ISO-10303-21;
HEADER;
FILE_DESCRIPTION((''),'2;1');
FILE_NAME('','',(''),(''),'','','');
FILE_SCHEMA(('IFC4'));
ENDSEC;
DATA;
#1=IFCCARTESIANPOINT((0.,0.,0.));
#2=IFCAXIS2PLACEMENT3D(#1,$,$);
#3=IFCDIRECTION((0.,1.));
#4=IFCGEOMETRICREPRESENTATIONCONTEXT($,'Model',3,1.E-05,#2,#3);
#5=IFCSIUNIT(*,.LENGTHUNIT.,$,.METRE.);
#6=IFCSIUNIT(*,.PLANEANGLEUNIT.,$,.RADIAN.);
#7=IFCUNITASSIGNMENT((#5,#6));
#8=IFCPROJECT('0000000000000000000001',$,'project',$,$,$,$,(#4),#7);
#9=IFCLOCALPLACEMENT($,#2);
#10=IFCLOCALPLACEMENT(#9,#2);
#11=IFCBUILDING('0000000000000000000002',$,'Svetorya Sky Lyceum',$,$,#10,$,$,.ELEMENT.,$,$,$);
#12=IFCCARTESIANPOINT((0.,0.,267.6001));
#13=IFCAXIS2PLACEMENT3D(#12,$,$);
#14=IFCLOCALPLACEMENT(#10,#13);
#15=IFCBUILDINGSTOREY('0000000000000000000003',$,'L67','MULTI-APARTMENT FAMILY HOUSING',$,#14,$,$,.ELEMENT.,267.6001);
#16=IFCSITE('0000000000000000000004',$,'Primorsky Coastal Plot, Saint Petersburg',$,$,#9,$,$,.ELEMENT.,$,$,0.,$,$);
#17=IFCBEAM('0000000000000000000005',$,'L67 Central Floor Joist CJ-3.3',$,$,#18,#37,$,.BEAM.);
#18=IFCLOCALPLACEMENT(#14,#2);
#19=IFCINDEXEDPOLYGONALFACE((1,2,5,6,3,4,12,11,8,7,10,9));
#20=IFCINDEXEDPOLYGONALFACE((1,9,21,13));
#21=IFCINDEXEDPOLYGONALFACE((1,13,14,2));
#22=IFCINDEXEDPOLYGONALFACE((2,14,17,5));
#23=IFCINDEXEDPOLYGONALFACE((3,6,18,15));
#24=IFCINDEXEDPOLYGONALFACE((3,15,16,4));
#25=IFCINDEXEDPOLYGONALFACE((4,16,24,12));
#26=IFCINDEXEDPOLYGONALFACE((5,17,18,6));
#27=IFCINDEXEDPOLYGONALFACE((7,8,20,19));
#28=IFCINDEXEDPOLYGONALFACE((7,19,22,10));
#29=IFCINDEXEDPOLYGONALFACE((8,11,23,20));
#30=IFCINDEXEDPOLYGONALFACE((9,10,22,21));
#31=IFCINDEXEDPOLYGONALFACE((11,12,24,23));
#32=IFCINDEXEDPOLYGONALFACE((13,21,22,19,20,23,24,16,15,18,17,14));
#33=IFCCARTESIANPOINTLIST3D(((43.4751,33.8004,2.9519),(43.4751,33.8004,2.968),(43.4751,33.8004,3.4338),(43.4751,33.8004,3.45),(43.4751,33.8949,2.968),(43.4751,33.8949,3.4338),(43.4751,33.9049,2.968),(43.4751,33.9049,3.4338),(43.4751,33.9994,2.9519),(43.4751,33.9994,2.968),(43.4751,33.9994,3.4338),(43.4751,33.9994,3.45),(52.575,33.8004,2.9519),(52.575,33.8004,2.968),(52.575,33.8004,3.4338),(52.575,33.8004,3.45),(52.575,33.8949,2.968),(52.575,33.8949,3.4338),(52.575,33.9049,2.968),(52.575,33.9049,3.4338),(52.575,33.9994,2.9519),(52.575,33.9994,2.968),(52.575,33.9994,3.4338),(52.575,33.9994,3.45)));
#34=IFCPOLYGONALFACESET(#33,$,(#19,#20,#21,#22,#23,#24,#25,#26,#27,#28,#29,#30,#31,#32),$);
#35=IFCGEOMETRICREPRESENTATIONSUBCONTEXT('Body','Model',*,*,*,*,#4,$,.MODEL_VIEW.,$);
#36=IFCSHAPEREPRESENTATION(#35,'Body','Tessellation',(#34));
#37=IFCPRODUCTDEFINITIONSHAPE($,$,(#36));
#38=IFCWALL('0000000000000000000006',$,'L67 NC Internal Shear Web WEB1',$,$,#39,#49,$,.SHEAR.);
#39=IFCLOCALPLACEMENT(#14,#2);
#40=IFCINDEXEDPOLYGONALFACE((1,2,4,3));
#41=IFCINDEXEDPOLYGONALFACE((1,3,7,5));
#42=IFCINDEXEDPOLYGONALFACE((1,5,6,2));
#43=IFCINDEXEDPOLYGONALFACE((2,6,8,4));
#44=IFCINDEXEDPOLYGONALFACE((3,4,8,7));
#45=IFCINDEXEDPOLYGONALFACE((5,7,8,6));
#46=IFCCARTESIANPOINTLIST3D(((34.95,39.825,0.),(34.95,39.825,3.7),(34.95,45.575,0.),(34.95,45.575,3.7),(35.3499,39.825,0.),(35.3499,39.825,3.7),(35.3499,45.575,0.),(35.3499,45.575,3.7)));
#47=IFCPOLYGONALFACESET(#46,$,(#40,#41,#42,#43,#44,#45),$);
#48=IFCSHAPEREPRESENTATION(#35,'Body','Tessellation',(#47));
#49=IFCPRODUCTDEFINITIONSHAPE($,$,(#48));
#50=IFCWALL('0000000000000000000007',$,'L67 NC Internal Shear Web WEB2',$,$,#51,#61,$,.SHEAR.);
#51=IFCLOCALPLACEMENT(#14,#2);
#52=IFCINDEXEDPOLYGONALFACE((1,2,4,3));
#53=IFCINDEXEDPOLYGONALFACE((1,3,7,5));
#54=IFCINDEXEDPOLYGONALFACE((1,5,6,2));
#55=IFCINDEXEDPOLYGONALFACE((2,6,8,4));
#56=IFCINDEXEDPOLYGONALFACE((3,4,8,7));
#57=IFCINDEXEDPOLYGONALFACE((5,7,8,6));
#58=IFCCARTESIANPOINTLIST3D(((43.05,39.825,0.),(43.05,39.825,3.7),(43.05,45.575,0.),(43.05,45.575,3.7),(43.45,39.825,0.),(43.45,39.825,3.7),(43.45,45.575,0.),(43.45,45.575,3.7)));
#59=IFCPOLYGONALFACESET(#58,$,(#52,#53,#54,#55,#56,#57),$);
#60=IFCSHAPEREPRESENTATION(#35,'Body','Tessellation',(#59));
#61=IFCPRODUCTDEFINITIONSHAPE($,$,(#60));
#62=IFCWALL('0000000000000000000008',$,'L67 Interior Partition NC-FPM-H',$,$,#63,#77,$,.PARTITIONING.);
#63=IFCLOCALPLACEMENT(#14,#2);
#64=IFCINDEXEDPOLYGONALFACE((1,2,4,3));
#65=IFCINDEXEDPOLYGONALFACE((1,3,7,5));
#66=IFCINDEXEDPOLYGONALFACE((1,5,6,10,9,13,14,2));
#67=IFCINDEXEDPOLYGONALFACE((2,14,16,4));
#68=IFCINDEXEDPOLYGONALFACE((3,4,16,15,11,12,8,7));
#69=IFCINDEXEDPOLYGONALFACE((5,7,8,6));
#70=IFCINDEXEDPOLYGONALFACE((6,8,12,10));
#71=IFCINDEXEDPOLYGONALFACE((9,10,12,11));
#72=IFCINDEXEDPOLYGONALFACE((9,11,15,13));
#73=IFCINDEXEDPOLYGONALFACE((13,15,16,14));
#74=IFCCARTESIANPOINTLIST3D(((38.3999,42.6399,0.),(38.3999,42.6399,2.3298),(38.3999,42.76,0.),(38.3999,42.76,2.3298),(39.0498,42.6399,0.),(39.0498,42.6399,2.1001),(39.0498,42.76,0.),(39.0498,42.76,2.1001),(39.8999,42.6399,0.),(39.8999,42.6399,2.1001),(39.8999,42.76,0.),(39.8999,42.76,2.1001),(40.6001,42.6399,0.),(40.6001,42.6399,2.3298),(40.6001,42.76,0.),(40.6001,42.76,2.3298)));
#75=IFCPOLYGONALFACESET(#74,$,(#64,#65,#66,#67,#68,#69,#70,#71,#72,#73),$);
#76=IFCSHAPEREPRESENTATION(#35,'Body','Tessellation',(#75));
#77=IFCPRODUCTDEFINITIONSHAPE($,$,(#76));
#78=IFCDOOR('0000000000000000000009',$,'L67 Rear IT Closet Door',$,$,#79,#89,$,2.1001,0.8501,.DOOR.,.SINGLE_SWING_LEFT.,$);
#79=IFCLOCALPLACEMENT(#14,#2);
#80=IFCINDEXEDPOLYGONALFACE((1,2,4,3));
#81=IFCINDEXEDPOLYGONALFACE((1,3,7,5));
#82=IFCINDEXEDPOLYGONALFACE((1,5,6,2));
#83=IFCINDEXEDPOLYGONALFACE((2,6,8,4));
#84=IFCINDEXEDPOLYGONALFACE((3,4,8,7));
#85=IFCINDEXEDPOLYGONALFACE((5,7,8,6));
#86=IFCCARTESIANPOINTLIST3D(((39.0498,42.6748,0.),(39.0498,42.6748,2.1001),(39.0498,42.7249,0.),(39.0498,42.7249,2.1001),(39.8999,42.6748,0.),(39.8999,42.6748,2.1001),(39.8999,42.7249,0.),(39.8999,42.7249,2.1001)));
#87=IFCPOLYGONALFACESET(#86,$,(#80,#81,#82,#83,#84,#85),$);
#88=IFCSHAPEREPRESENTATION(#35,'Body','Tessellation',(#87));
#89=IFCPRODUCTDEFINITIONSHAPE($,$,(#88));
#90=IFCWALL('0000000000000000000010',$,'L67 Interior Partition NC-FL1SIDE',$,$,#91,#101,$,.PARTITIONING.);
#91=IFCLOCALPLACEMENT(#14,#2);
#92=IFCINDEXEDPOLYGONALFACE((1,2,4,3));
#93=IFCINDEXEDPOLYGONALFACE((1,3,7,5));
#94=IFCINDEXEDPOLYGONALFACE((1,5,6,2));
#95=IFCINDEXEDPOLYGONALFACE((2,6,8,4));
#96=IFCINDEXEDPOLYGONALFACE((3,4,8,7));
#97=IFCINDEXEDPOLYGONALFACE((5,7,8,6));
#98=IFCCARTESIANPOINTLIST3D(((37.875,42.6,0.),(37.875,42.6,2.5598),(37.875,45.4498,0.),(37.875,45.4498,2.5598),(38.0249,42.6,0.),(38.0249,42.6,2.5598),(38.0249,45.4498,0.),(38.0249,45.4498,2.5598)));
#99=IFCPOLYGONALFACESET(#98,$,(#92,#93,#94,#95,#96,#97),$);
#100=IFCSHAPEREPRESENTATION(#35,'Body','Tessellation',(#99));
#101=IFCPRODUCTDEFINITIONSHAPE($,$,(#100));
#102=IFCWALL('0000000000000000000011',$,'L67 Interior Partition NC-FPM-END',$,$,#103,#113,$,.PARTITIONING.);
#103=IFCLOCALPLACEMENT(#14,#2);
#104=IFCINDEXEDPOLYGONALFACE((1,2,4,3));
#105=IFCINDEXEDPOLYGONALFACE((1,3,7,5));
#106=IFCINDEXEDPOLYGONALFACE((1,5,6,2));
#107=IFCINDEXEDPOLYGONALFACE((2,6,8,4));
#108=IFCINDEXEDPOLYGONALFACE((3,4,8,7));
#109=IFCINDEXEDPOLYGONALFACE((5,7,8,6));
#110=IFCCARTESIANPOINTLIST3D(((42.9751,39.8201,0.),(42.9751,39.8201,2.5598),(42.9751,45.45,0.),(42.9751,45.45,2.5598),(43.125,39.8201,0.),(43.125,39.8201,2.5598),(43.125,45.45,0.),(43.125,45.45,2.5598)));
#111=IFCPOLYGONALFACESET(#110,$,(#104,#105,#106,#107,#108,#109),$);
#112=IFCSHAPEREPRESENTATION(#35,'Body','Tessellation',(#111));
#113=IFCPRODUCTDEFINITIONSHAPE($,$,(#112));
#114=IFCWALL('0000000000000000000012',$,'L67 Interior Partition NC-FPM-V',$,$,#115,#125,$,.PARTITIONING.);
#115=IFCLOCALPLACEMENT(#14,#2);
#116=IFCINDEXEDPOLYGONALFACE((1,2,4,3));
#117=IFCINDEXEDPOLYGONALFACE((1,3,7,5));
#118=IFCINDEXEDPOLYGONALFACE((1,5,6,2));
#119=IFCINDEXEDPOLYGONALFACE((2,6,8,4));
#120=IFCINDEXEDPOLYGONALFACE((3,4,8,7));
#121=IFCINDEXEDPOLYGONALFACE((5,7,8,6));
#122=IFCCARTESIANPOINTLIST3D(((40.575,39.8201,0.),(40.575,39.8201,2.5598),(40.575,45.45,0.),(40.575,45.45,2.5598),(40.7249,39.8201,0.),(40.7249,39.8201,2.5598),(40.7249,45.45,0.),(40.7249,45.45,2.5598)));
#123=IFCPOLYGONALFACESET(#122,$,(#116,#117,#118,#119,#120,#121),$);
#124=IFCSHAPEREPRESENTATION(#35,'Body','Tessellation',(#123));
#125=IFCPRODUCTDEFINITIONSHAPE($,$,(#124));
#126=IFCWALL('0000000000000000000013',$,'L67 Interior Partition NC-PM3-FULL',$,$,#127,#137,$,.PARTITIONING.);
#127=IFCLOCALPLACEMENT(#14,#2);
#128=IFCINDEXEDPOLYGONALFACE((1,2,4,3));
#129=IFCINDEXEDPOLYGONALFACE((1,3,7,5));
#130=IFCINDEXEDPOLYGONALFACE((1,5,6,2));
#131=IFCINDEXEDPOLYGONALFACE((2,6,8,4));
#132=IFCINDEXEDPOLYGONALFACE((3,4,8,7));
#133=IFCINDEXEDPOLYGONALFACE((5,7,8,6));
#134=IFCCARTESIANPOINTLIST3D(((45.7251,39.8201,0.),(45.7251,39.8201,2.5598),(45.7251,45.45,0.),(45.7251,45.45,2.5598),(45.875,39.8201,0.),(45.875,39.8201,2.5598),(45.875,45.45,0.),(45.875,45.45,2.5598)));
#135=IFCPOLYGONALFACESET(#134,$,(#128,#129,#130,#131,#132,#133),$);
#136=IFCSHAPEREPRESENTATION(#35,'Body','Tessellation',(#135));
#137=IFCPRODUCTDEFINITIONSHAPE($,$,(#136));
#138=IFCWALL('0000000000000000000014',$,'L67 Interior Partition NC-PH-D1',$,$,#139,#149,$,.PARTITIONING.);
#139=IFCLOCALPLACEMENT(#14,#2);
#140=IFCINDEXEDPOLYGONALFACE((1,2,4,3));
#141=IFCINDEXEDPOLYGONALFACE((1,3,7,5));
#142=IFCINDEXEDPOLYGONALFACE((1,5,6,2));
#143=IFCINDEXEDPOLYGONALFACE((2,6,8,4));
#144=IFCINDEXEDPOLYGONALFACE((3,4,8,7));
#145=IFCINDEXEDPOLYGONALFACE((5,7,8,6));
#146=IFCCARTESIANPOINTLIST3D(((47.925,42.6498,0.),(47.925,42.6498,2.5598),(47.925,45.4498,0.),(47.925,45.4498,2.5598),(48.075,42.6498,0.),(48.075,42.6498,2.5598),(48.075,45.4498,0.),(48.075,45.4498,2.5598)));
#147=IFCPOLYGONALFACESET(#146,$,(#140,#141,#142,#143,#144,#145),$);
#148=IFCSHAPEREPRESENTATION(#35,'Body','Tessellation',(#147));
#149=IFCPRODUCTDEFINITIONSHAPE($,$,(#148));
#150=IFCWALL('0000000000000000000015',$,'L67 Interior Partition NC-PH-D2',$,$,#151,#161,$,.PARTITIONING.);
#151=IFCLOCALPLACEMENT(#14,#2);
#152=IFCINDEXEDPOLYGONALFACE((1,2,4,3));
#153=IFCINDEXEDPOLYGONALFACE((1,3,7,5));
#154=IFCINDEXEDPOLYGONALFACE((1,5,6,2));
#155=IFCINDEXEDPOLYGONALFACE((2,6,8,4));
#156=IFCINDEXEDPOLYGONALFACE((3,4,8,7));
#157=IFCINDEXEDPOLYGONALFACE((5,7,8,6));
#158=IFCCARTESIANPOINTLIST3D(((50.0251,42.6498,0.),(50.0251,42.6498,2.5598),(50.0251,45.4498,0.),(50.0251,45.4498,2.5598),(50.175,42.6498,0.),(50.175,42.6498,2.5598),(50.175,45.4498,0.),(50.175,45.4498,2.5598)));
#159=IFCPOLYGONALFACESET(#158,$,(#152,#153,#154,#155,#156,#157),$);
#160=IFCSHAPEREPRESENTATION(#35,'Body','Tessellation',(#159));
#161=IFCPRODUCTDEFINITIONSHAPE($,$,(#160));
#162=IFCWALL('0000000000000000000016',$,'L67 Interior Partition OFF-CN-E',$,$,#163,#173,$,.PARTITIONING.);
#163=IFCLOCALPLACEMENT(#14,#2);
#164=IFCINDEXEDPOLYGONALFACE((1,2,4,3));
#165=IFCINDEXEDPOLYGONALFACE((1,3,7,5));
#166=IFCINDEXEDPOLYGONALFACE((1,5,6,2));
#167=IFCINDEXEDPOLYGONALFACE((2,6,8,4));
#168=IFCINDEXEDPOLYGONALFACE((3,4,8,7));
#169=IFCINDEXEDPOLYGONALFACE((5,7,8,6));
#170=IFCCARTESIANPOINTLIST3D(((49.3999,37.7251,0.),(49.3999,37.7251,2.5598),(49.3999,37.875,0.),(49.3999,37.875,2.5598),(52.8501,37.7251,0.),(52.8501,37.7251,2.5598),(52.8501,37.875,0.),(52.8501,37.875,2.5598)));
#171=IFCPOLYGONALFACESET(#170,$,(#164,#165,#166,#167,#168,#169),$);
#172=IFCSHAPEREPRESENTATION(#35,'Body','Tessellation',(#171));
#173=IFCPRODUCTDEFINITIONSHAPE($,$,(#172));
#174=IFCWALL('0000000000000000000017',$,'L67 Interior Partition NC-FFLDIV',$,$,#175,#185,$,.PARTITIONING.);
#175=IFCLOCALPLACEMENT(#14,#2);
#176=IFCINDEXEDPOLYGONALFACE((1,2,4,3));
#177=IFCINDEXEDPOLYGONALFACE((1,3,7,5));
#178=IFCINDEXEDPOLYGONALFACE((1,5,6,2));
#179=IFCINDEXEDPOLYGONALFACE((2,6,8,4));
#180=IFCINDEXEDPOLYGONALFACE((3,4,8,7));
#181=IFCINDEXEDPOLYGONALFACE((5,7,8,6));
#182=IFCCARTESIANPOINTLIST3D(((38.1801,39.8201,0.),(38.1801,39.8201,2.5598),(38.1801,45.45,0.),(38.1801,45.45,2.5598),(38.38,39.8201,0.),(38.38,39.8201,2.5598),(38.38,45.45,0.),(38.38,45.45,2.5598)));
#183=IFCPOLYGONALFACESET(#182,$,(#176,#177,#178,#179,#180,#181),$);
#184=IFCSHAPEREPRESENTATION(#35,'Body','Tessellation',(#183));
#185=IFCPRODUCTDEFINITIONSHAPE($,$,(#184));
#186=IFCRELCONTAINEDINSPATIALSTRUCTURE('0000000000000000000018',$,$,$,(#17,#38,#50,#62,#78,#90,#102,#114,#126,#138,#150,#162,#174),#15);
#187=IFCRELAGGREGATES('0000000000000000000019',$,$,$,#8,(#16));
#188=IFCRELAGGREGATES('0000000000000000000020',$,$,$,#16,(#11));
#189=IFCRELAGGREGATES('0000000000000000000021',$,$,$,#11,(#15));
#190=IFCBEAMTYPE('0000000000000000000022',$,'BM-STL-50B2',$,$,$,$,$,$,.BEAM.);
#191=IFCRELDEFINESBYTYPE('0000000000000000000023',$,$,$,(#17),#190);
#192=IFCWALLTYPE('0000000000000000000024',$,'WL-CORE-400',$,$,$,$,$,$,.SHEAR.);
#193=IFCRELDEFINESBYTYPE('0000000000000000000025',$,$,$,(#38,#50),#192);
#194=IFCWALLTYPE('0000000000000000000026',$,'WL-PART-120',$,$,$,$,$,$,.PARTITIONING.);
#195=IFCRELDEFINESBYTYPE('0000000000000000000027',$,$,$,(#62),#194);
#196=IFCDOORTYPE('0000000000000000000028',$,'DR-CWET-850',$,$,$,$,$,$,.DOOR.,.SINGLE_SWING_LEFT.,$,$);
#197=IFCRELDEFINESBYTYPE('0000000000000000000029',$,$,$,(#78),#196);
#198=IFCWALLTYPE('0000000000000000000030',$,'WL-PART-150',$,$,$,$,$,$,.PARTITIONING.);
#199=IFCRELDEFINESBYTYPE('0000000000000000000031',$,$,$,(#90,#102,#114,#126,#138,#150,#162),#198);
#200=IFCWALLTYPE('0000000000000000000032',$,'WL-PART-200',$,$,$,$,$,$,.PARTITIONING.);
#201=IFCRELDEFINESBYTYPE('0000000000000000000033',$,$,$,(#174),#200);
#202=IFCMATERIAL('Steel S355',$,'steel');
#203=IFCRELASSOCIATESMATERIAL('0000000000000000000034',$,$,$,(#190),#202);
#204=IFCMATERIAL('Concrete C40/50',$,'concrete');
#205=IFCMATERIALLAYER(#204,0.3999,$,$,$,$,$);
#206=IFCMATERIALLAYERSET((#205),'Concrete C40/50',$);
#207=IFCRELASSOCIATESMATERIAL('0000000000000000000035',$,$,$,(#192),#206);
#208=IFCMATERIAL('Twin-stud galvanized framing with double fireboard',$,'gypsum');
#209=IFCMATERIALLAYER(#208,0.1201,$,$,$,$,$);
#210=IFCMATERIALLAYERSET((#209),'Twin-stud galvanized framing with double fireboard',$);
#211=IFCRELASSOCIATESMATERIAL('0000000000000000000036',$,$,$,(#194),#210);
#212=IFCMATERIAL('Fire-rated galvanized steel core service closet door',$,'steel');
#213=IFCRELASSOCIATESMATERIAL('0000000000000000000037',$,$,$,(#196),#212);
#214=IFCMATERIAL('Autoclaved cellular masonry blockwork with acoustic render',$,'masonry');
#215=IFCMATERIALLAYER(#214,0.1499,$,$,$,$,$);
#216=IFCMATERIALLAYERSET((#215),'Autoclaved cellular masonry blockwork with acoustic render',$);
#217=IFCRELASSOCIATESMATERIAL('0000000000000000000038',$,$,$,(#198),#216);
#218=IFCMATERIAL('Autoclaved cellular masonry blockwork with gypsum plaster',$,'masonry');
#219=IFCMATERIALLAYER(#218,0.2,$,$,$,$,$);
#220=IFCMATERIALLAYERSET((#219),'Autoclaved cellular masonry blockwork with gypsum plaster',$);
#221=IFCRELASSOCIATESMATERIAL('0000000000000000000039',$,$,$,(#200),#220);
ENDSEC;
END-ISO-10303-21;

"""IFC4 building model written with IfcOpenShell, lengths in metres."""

from ifc_helpers import new_model, si_unit, direction, frame, frame_2d, origin, origin_2d, place, context, subcontext, project, spatial, rectangle, i_section, extrude, material, layer, layer_set, material_profile, profile_set, type_object, element, fill, save


model = new_model("IFC4")

# Units and contexts
model_context = context("Model", 3, precision=1e-05, world=origin(), true_north=direction((0.0, 1.0)))
body_context = subcontext(model_context, "Body", "Model", "MODEL_VIEW")
ifc_project = project(units=[si_unit("LENGTHUNIT", "METRE"), si_unit("PLANEANGLEUNIT", "RADIAN")], contexts=[model_context])

# Site, building, storey
site_placement = place(None, origin())
site = spatial("IfcSite", under=ifc_project, at=site_placement, Name="Primorsky Coastal Plot, Saint Petersburg", CompositionType="ELEMENT", RefElevation=0.0)
building_placement = place(site_placement, origin())
building = spatial("IfcBuilding", under=site, at=building_placement, Name="Svetorya Sky Lyceum", CompositionType="ELEMENT")
storey_placement = place(building_placement, frame((0.0, 0.0, 267.6001)))
storey = spatial("IfcBuildingStorey", under=building, at=storey_placement, Name="L67", Description="MULTI-APARTMENT FAMILY HOUSING", CompositionType="ELEMENT", Elevation=267.6001)

# Shared definitions
ifc_material_1 = material(Name="Concrete C40/50", Category="concrete")

# Beam
ifc_material_2 = material(Name="Steel S355", Category="steel")
ifc_material_profile_1 = material_profile(ifc_material_2, i_section(OverallWidth=0.199, OverallDepth=0.498, WebThickness=0.01, FlangeThickness=0.0161, at=origin_2d()), Name="GOST 50B2")
ifc_profile_set_1 = profile_set([ifc_material_profile_1], Name="Steel S355")
beam_type_1 = type_object("IfcBeamType", Name="BM-STL-50B2", PredefinedType="BEAM", material=ifc_profile_set_1)
beam_1_placement = place(storey_placement, frame((43.4751, 33.8999, 3.2009), z_axis=(1.0, 0.0, 0.0), x_axis=(0.0, 1.0, 0.0)))
element("IfcBeam", 1, at=beam_1_placement, inside=storey, type_object=beam_type_1, Name="L67 Central Floor Joist CJ-3.3", PredefinedType="BEAM", context=body_context, shape_type="SweptSolid", body=[
    extrude(i_section(OverallWidth=0.199, OverallDepth=0.498, WebThickness=0.01, FlangeThickness=0.0161, at=origin_2d()), origin(), (0.0, 0.0, 1.0), 9.0999),
])

# Walls
ifc_layer_1 = layer(ifc_material_1, 0.3999)
ifc_layer_set_1 = layer_set([ifc_layer_1], Name="Concrete C40/50")
wall_type_1 = type_object("IfcWallType", Name="WL-CORE-400", PredefinedType="SHEAR", material=ifc_layer_set_1)
for number, where, z_axis, x_axis, name in (
    (2, (35.1499, 39.825, 0.0), (0.0, 0.0, 1.0), (0.0, 1.0, 0.0), "L67 NC Internal Shear Web WEB1"),
    (3, (43.25, 39.825, 0.0), (0.0, 0.0, 1.0), (0.0, 1.0, 0.0), "L67 NC Internal Shear Web WEB2"),
):
    element("IfcWall", number, at=place(storey_placement, frame(where, z_axis=z_axis, x_axis=x_axis)), inside=storey, type_object=wall_type_1, Name=name, PredefinedType="SHEAR", context=body_context, shape_type="SweptSolid", body=[
        extrude(rectangle(XDim=5.75, YDim=0.3999, at=frame_2d((2.875, 0.0))), origin(), (0.0, 0.0, 1.0), 3.7),
    ])

# Wall, opening, door
ifc_material_3 = material(Name="Twin-stud galvanized framing with double fireboard", Category="gypsum")
ifc_layer_2 = layer(ifc_material_3, 0.1201)
ifc_layer_set_2 = layer_set([ifc_layer_2], Name="Twin-stud galvanized framing with double fireboard")
wall_type_2 = type_object("IfcWallType", Name="WL-PART-120", PredefinedType="PARTITIONING", material=ifc_layer_set_2)
wall_1_placement = place(storey_placement, frame((38.3999, 42.7, 0.0), z_axis=(0.0, 0.0, 1.0), x_axis=(1.0, 0.0, 0.0)))
wall_1 = element("IfcWall", 4, at=wall_1_placement, inside=storey, type_object=wall_type_2, Name="L67 Interior Partition NC-FPM-H", PredefinedType="PARTITIONING", context=body_context, shape_type="SweptSolid", body=[
    extrude(rectangle(XDim=2.2002, YDim=0.1201, at=frame_2d((1.1001, 0.0))), origin(), (0.0, 0.0, 1.0), 2.3298),
])
opening_1_placement = place(wall_1_placement, frame((0.6499, 0.0, 0.0)))
opening_1 = element("IfcOpeningElement", 5, at=opening_1_placement, cuts=wall_1, PredefinedType="OPENING", context=body_context, shape_type="SweptSolid", body=[
    extrude(rectangle(XDim=0.8501, YDim=2.1001, at=frame_2d((0.425, 1.05))), frame((0.0, 0.0701, 0.0), z_axis=(0.0, -1.0, 0.0), x_axis=(1.0, 0.0, 0.0)), (0.0, 0.0, 1.0), 0.1401),
])
ifc_material_4 = material(Name="Fire-rated galvanized steel core service closet door", Category="steel")
door_type_1 = type_object("IfcDoorType", Name="DR-CWET-850", OperationType="SINGLE_SWING_LEFT", PredefinedType="DOOR", material=ifc_material_4)
door_1_placement = place(opening_1_placement, origin())
door_1 = element("IfcDoor", 6, at=door_1_placement, inside=storey, type_object=door_type_1, Name="L67 Rear IT Closet Door", OperationType="SINGLE_SWING_LEFT", OverallHeight=2.1001, OverallWidth=0.8501, PredefinedType="DOOR", context=body_context, shape_type="SweptSolid", body=[
    extrude(rectangle(XDim=0.8501, YDim=2.1001, at=frame_2d((0.425, 1.05))), frame((0.0, 0.0249, 0.0), z_axis=(0.0, -1.0, 0.0), x_axis=(1.0, 0.0, 0.0)), (0.0, 0.0, 1.0), 0.05),
])
fill(opening_1, door_1)

# Walls
ifc_material_5 = material(Name="Autoclaved cellular masonry blockwork with acoustic render", Category="masonry")
ifc_layer_3 = layer(ifc_material_5, 0.1499)
ifc_layer_set_3 = layer_set([ifc_layer_3], Name="Autoclaved cellular masonry blockwork with acoustic render")
wall_type_3 = type_object("IfcWallType", Name="WL-PART-150", PredefinedType="PARTITIONING", material=ifc_layer_set_3)
wall_2_placement = place(storey_placement, frame((37.95, 42.6001, 0.0), z_axis=(0.0, 0.0, 1.0), x_axis=(0.0, 1.0, 0.0)))
element("IfcWall", 7, at=wall_2_placement, inside=storey, type_object=wall_type_3, Name="L67 Interior Partition NC-FL1SIDE", PredefinedType="PARTITIONING", context=body_context, shape_type="SweptSolid", body=[
    extrude(rectangle(XDim=2.8499, YDim=0.1499, at=frame_2d((1.4248, 0.0))), origin(), (0.0, 0.0, 1.0), 2.5598),
])
for number, where, z_axis, x_axis, name in (
    (8, (43.05, 39.8201, 0.0), (0.0, 0.0, 1.0), (0.0, 1.0, 0.0), "L67 Interior Partition NC-FPM-END"),
    (9, (40.6499, 39.8201, 0.0), (0.0, 0.0, 1.0), (0.0, 1.0, 0.0), "L67 Interior Partition NC-FPM-V"),
    (10, (45.8, 39.8201, 0.0), (0.0, 0.0, 1.0), (0.0, 1.0, 0.0), "L67 Interior Partition NC-PM3-FULL"),
):
    element("IfcWall", number, at=place(storey_placement, frame(where, z_axis=z_axis, x_axis=x_axis)), inside=storey, type_object=wall_type_3, Name=name, PredefinedType="PARTITIONING", context=body_context, shape_type="SweptSolid", body=[
        extrude(rectangle(XDim=5.6299, YDim=0.1499, at=frame_2d((2.8149, 0.0))), origin(), (0.0, 0.0, 1.0), 2.5598),
    ])
for number, where, z_axis, x_axis, name in (
    (11, (48.0, 42.6499, 0.0), (0.0, 0.0, 1.0), (0.0, 1.0, 0.0), "L67 Interior Partition NC-PH-D1"),
    (12, (50.1001, 42.6499, 0.0), (0.0, 0.0, 1.0), (0.0, 1.0, 0.0), "L67 Interior Partition NC-PH-D2"),
):
    element("IfcWall", number, at=place(storey_placement, frame(where, z_axis=z_axis, x_axis=x_axis)), inside=storey, type_object=wall_type_3, Name=name, PredefinedType="PARTITIONING", context=body_context, shape_type="SweptSolid", body=[
        extrude(rectangle(XDim=2.8, YDim=0.1499, at=frame_2d((1.3999, 0.0))), origin(), (0.0, 0.0, 1.0), 2.5598),
    ])
wall_3_placement = place(storey_placement, frame((49.3999, 37.8, 0.0), z_axis=(0.0, 0.0, 1.0), x_axis=(1.0, 0.0, 0.0)))
element("IfcWall", 13, at=wall_3_placement, inside=storey, type_object=wall_type_3, Name="L67 Interior Partition OFF-CN-E", PredefinedType="PARTITIONING", context=body_context, shape_type="SweptSolid", body=[
    extrude(rectangle(XDim=3.4502, YDim=0.1499, at=frame_2d((1.7251, 0.0))), origin(), (0.0, 0.0, 1.0), 2.5598),
])

# Shared definitions
ifc_material_6 = material(Name="Autoclaved cellular masonry blockwork with gypsum plaster", Category="masonry")
ifc_layer_4 = layer(ifc_material_6, 0.2)
ifc_layer_set_4 = layer_set([ifc_layer_4], Name="Autoclaved cellular masonry blockwork with gypsum plaster")
wall_type_4 = type_object("IfcWallType", Name="WL-PART-200", PredefinedType="PARTITIONING", material=ifc_layer_set_4)

# Wall
wall_4_placement = place(storey_placement, frame((38.28, 39.8201, 0.0), z_axis=(0.0, 0.0, 1.0), x_axis=(0.0, 1.0, 0.0)))
element("IfcWall", 14, at=wall_4_placement, inside=storey, type_object=wall_type_4, Name="L67 Interior Partition NC-FFLDIV", PredefinedType="PARTITIONING", context=body_context, shape_type="SweptSolid", body=[
    extrude(rectangle(XDim=5.6299, YDim=0.2, at=frame_2d((2.8149, 0.0))), origin(), (0.0, 0.0, 1.0), 2.5598),
])

save(model, "model.ifc")
